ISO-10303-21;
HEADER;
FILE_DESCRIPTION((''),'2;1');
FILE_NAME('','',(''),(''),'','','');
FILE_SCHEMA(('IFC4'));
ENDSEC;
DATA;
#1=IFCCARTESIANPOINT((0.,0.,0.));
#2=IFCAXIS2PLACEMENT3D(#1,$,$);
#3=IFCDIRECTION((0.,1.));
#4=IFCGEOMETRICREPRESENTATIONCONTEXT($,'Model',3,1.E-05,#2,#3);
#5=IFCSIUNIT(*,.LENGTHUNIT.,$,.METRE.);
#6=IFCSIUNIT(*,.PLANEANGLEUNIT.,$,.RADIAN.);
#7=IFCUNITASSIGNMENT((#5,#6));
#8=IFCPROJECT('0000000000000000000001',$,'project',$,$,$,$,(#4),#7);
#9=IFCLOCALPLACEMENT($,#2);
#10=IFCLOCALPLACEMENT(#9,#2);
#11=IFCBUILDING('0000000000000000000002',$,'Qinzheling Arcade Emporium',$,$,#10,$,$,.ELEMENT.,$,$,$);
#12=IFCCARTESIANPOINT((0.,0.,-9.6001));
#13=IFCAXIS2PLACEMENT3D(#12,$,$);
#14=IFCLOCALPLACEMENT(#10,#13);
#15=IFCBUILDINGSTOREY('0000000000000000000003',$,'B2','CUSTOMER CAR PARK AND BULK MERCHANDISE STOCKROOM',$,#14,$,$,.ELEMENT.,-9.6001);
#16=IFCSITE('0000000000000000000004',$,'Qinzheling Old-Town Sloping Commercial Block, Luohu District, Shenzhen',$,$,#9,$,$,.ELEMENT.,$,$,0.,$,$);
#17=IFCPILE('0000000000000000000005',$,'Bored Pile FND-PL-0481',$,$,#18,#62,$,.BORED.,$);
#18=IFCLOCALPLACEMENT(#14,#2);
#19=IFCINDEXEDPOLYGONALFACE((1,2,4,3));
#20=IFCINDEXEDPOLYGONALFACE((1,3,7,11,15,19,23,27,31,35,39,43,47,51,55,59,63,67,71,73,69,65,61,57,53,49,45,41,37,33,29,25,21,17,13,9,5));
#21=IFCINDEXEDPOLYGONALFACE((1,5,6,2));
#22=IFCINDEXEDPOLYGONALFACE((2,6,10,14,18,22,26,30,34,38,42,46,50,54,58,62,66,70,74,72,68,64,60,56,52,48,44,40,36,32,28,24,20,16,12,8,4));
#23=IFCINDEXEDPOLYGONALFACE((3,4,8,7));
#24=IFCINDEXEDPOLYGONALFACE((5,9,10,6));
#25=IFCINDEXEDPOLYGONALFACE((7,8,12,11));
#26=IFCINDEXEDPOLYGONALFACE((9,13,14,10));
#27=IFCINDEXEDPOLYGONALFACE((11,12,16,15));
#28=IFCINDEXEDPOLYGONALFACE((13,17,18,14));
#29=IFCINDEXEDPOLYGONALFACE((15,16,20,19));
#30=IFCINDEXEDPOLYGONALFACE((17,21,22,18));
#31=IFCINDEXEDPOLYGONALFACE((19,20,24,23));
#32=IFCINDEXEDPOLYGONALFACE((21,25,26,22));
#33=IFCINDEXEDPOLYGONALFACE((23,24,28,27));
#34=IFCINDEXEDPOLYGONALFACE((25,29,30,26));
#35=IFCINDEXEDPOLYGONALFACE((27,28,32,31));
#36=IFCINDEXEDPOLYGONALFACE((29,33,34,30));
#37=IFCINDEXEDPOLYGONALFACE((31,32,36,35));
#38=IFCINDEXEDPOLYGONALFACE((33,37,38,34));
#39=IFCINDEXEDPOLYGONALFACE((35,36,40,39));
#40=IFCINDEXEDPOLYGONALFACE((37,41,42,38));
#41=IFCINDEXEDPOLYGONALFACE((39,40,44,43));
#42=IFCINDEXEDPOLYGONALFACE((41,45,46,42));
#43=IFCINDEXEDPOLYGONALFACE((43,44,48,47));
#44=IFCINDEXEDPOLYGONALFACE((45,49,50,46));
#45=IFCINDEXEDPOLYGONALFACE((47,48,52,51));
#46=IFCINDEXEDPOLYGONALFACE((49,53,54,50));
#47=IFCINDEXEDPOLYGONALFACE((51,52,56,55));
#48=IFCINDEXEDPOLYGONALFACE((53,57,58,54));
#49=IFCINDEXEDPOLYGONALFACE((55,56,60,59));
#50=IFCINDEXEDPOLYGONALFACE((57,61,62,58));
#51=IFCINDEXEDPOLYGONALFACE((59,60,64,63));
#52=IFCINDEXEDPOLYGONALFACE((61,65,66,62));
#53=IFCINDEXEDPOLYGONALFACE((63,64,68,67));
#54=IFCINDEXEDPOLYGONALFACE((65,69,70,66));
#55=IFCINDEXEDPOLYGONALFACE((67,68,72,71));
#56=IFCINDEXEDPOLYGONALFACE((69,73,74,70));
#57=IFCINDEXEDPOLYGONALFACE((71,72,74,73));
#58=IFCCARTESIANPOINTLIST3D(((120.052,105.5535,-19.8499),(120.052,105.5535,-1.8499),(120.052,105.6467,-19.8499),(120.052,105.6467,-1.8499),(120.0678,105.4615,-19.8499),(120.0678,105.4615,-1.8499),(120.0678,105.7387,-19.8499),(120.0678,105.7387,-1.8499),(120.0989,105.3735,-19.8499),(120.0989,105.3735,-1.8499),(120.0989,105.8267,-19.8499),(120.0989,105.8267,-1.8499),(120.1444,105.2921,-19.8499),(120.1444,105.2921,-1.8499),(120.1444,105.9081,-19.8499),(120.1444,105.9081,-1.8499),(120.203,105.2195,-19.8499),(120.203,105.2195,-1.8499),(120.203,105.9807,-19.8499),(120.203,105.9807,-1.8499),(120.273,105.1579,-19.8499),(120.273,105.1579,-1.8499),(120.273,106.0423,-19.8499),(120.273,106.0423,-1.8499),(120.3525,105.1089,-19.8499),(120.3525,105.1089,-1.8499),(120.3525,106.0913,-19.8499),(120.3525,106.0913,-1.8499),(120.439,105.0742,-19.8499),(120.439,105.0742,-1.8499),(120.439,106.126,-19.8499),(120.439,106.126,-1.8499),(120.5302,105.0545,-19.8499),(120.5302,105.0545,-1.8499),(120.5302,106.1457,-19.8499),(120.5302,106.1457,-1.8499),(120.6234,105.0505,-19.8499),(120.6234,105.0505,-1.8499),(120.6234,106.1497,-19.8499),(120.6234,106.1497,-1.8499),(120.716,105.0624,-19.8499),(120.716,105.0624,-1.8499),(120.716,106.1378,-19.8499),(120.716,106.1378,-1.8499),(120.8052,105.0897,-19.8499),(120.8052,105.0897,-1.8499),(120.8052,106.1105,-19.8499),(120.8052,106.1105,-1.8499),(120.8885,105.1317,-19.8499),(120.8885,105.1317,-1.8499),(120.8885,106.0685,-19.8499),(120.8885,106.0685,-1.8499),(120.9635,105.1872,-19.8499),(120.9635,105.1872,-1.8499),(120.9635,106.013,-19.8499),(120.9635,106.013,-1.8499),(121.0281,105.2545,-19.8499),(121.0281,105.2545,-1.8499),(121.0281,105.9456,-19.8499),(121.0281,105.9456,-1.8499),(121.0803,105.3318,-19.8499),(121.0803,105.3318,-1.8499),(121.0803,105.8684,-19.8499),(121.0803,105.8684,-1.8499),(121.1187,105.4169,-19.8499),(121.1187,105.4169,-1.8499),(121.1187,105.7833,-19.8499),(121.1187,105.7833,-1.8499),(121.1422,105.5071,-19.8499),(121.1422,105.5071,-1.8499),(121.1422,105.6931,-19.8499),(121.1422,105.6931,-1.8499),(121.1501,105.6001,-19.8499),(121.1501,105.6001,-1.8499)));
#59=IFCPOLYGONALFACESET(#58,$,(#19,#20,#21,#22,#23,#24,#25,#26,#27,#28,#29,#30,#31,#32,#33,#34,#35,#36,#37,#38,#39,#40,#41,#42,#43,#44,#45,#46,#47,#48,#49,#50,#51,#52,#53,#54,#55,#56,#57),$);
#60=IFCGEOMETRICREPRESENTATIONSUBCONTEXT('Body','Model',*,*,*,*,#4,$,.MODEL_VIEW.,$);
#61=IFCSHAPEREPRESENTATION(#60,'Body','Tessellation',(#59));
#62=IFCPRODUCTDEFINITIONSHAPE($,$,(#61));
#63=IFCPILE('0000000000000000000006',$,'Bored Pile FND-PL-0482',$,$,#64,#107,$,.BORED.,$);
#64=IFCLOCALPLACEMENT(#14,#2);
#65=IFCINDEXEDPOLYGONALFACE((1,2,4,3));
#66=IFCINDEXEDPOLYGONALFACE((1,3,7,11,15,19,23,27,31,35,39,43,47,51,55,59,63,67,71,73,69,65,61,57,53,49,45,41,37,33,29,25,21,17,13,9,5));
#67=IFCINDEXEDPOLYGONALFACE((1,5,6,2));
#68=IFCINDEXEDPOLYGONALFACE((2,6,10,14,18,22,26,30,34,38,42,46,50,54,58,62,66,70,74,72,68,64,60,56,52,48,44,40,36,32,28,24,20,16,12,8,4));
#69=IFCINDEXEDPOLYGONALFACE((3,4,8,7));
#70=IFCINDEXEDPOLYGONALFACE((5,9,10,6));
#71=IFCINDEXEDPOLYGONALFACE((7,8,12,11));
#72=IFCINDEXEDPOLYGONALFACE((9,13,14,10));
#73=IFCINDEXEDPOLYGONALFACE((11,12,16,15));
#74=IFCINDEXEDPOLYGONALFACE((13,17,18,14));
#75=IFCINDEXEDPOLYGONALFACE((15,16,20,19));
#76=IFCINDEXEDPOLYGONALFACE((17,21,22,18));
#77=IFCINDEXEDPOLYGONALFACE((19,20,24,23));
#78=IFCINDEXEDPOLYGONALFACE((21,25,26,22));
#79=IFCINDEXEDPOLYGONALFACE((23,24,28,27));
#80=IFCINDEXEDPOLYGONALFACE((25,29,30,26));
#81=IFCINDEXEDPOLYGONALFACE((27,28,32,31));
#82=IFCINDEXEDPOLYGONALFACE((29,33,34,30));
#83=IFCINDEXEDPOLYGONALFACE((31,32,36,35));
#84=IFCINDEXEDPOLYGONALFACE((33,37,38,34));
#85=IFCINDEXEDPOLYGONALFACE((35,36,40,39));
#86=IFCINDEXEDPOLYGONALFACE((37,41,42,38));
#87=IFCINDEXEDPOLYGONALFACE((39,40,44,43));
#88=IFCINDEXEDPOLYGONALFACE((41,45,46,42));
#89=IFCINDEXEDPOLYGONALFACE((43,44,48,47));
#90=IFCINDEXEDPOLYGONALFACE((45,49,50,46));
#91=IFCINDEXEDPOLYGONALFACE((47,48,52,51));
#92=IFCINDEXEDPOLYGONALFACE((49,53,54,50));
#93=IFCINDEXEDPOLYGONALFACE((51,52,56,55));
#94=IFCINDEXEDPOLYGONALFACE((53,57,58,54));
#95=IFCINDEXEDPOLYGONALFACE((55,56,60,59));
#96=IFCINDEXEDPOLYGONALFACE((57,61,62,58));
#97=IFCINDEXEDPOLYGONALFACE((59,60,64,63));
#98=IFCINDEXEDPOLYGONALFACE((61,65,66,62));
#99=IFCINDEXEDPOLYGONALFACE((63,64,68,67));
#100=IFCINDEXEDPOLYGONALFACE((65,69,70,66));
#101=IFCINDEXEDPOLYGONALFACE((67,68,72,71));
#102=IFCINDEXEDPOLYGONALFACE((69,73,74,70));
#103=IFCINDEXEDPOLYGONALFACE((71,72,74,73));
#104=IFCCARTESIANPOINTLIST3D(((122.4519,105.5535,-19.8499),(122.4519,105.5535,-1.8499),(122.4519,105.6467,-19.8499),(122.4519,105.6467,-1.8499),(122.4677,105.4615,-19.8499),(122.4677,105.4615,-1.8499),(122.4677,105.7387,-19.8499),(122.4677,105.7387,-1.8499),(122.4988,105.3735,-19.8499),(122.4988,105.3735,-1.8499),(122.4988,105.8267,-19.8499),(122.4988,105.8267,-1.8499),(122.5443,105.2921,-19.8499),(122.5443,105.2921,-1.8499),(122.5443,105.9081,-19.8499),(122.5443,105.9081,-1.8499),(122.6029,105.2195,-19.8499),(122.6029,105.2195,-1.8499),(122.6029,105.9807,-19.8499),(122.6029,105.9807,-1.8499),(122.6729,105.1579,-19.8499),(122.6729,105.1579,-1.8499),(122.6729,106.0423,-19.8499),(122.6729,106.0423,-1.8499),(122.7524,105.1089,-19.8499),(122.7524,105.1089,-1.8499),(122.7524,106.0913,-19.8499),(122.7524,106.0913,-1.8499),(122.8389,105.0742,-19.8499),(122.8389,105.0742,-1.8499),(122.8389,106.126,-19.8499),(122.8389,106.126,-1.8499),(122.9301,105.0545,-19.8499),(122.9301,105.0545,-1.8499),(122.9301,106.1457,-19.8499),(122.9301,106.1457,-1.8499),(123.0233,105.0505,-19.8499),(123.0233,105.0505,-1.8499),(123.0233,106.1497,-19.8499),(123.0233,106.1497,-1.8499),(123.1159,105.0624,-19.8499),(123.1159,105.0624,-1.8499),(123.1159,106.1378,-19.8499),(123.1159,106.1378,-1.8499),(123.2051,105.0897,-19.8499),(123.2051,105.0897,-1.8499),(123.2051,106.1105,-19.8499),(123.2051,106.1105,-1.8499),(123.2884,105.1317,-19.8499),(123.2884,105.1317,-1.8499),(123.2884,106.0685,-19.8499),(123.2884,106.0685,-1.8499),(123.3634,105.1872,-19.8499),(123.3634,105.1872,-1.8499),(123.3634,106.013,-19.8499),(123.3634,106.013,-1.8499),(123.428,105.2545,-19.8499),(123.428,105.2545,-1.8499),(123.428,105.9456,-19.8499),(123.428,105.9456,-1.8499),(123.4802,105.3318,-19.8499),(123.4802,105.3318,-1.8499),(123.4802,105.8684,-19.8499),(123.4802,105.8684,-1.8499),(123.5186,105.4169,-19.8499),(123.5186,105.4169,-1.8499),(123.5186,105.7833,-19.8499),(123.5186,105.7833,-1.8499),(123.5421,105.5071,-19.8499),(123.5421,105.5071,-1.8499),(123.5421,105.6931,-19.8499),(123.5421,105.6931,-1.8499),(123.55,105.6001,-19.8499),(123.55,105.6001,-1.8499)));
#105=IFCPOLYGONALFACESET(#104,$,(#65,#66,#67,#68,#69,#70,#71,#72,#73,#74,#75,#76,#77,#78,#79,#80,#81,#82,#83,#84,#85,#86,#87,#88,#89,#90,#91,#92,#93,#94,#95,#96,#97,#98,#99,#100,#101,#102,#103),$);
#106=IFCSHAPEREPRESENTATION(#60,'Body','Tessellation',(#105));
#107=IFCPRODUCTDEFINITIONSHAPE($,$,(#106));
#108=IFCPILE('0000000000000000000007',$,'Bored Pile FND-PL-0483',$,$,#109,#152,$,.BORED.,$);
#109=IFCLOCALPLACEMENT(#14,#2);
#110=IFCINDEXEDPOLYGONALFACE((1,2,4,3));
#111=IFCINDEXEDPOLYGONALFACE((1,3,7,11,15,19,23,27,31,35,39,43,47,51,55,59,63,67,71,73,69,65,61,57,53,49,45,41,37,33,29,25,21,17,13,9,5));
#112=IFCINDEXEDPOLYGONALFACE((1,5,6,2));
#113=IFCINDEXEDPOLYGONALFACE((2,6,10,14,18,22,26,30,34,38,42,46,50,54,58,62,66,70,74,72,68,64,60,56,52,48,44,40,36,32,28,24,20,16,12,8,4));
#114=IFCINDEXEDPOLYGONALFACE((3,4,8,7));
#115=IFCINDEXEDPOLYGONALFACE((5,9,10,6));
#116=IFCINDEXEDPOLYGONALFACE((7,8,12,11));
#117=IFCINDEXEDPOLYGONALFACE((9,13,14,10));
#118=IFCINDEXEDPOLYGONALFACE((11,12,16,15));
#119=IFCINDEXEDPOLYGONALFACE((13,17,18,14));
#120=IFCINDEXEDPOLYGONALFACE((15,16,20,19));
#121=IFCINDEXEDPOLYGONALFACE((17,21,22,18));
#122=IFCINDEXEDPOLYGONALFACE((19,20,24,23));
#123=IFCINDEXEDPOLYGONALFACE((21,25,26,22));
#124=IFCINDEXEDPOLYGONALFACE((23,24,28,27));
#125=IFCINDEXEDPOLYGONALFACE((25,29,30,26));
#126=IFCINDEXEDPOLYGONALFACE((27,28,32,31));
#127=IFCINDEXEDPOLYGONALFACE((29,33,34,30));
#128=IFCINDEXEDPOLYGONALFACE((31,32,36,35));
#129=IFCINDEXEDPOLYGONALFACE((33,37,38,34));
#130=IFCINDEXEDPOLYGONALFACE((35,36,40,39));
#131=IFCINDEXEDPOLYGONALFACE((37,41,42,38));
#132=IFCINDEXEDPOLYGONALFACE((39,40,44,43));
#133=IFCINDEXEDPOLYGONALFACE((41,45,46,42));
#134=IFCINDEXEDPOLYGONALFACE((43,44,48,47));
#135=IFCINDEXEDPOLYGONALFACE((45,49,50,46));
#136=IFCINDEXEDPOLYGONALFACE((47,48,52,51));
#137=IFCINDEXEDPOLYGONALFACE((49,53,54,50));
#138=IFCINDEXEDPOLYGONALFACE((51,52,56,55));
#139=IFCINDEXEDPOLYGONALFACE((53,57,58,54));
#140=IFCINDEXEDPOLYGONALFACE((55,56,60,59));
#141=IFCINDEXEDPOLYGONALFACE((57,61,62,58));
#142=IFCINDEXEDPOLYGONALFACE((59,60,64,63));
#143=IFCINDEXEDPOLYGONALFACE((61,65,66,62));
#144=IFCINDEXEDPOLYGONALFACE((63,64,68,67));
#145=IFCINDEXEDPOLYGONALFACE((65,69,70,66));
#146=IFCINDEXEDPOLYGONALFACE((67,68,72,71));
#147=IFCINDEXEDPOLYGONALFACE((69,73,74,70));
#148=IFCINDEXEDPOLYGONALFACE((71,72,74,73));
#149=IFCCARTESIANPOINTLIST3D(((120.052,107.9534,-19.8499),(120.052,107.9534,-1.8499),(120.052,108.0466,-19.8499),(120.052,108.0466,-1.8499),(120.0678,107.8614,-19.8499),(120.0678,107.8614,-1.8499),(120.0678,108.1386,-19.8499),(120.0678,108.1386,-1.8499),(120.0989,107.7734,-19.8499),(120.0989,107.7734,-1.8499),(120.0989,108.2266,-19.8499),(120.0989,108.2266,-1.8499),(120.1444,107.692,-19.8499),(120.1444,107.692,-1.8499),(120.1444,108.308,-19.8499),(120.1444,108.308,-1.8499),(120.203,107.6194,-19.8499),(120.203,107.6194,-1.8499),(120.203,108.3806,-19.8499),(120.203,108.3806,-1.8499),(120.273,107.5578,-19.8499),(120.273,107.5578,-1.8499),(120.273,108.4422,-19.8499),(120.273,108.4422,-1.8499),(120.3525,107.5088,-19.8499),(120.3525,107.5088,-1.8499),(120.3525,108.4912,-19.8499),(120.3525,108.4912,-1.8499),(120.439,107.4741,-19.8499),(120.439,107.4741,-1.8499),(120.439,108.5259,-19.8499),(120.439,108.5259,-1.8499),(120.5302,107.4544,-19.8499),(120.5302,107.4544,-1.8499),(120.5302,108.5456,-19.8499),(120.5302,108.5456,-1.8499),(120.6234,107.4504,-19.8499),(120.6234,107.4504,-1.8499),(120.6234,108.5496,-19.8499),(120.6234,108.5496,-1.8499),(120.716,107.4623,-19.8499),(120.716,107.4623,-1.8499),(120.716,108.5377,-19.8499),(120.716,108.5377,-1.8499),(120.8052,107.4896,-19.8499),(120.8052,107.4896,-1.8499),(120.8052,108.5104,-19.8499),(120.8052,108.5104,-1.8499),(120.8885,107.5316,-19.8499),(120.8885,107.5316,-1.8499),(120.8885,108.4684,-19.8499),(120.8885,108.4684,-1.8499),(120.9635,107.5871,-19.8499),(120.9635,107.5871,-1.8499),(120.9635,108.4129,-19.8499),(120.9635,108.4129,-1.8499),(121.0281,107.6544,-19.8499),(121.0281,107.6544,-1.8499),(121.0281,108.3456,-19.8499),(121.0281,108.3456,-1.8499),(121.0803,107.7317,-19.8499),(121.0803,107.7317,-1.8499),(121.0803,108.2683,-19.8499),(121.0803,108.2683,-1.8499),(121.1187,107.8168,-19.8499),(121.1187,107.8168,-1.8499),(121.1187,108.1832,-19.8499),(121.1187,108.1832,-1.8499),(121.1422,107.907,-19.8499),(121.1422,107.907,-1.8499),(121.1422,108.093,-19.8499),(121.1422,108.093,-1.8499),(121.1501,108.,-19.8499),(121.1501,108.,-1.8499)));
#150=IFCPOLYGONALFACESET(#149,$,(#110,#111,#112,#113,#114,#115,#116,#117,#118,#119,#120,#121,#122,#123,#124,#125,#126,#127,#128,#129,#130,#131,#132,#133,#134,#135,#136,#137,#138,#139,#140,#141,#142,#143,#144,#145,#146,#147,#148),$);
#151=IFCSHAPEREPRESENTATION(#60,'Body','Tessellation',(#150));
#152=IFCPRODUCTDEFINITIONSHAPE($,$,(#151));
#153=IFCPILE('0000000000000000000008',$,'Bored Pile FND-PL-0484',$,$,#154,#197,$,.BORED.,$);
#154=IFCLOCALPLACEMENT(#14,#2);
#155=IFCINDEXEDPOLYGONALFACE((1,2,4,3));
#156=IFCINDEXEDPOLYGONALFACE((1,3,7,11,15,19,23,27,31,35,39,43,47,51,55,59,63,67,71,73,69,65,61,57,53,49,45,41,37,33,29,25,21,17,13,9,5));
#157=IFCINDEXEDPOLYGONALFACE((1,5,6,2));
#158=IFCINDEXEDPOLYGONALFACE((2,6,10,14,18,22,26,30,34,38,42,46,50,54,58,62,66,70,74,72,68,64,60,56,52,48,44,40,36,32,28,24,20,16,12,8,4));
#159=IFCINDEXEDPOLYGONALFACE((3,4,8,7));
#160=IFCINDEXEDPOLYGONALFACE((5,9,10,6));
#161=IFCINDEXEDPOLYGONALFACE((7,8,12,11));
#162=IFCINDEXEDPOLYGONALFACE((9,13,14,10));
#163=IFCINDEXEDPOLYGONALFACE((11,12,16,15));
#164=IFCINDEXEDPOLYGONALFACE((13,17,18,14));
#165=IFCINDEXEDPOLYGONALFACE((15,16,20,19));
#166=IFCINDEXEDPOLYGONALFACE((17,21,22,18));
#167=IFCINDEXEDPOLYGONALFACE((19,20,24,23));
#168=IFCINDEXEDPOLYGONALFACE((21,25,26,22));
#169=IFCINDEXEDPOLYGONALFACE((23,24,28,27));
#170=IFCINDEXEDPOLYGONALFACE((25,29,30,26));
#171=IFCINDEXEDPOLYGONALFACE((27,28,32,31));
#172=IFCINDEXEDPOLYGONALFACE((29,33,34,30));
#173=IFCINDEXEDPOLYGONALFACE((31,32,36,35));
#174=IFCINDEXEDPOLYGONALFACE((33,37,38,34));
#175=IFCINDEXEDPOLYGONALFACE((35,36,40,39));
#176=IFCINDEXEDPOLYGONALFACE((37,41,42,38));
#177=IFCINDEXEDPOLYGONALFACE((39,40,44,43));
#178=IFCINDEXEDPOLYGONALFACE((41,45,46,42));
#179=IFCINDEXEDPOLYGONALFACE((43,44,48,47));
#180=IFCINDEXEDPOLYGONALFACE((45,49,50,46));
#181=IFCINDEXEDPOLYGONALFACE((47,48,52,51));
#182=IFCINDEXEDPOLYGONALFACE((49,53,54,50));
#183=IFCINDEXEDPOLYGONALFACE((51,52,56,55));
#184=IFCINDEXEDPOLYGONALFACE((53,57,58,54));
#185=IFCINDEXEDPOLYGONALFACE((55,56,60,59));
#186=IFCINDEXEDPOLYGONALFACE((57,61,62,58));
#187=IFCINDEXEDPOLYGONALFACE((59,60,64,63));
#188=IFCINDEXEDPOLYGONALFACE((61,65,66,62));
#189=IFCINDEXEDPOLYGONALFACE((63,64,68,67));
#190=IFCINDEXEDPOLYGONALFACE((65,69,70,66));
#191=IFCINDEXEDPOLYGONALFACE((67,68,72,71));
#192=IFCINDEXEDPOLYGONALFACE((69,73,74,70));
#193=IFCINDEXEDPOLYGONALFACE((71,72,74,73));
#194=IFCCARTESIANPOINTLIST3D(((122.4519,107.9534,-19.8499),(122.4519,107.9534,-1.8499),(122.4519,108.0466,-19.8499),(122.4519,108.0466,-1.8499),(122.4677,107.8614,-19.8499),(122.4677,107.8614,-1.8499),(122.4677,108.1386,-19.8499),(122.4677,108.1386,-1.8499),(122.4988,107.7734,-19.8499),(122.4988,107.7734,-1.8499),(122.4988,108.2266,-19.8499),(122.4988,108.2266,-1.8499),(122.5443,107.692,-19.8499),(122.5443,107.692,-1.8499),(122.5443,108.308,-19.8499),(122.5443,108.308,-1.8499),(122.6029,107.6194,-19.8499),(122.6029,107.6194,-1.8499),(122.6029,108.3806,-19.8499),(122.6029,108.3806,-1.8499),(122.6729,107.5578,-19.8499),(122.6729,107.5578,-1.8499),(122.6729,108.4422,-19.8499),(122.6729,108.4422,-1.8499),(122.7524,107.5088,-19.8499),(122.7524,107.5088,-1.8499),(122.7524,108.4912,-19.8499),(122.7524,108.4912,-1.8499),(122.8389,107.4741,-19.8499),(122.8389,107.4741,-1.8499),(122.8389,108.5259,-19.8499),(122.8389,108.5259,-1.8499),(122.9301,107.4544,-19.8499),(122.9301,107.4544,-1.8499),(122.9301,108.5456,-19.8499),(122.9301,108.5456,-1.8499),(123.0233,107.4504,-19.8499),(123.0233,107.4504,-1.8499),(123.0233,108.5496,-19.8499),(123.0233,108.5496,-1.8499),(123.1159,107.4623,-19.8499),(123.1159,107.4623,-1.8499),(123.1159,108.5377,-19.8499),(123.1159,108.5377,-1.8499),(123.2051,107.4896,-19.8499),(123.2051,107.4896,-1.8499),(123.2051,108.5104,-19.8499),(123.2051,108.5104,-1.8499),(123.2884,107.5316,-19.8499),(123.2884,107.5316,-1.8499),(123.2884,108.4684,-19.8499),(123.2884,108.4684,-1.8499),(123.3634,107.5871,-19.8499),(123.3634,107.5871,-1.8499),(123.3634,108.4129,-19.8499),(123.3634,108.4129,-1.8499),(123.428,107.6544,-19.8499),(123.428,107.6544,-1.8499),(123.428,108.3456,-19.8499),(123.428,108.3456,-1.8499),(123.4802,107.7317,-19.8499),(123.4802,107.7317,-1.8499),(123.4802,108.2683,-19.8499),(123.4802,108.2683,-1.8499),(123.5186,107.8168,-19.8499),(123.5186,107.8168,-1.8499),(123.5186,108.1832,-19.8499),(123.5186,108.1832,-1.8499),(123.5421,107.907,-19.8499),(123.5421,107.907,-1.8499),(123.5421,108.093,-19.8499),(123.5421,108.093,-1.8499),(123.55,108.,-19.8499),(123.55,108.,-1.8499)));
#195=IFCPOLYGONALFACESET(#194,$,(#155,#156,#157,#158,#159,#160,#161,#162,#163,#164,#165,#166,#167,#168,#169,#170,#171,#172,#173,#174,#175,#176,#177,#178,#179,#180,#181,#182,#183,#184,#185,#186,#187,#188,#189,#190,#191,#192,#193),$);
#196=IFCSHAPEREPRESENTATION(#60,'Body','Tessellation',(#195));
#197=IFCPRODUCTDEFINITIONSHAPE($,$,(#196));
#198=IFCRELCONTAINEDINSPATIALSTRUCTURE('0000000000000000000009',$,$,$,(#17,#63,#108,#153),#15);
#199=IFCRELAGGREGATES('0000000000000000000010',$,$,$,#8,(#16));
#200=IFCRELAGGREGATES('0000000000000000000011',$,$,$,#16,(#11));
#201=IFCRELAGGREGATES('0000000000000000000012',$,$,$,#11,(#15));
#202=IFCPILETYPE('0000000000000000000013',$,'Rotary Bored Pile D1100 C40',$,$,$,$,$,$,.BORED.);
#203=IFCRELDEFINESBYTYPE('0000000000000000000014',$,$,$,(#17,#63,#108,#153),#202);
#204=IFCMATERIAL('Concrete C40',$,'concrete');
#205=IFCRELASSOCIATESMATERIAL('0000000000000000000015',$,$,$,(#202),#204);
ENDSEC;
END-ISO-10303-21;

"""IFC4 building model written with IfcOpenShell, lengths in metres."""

from ifc_helpers import new_model, si_unit, direction, frame, origin, origin_2d, place, context, subcontext, project, spatial, circle, extrude, material, material_profile, profile_set, type_object, element, save


model = new_model("IFC4")

# Units and contexts
model_context = context("Model", 3, precision=1e-05, world=origin(), true_north=direction((0.0, 1.0)))
body_context = subcontext(model_context, "Body", "Model", "MODEL_VIEW")
ifc_project = project(units=[si_unit("LENGTHUNIT", "METRE"), si_unit("PLANEANGLEUNIT", "RADIAN")], contexts=[model_context])

# Site, building, storey
site_placement = place(None, origin())
site = spatial("IfcSite", under=ifc_project, at=site_placement, Name="Qinzheling Old-Town Sloping Commercial Block, Luohu District, Shenzhen", CompositionType="ELEMENT", RefElevation=0.0)
building_placement = place(site_placement, origin())
building = spatial("IfcBuilding", under=site, at=building_placement, Name="Qinzheling Arcade Emporium", CompositionType="ELEMENT")
storey_placement = place(building_placement, frame((0.0, 0.0, -9.6001)))
storey = spatial("IfcBuildingStorey", under=building, at=storey_placement, Name="B2", Description="CUSTOMER CAR PARK AND BULK MERCHANDISE STOCKROOM", CompositionType="ELEMENT", Elevation=-9.6001)

# Shared definitions
ifc_material_1 = material(Name="Concrete C40", Category="concrete")

# Piles
ifc_material_profile_1 = material_profile(ifc_material_1, circle(Radius=0.55, at=origin_2d()), Name="BORED D1100", Category="concrete")
ifc_profile_set_1 = profile_set([ifc_material_profile_1], Name="Concrete C40")
pile_type_1 = type_object("IfcPileType", Name="Rotary Bored Pile D1100 C40", PredefinedType="BORED", material=ifc_profile_set_1)
for number, where, z_axis, x_axis, name in (
    (1, (120.6001, 105.6001, -1.8499), (0.0, 0.0, -1.0), (1.0, 0.0, 0.0), "Bored Pile FND-PL-0481"),
    (2, (123.0, 105.6001, -1.8499), (0.0, 0.0, -1.0), (1.0, 0.0, 0.0), "Bored Pile FND-PL-0482"),
    (3, (120.6001, 108.0, -1.8499), (0.0, 0.0, -1.0), (1.0, 0.0, 0.0), "Bored Pile FND-PL-0483"),
    (4, (123.0, 108.0, -1.8499), (0.0, 0.0, -1.0), (1.0, 0.0, 0.0), "Bored Pile FND-PL-0484"),
):
    element("IfcPile", number, at=place(storey_placement, frame(where, z_axis=z_axis, x_axis=x_axis)), inside=storey, type_object=pile_type_1, Name=name, PredefinedType="BORED", context=body_context, shape_type="SweptSolid", body=[
        extrude(circle(Radius=0.55, at=origin_2d()), origin(), (0.0, 0.0, 1.0), 18.0),
    ])

save(model, "model.ifc")
